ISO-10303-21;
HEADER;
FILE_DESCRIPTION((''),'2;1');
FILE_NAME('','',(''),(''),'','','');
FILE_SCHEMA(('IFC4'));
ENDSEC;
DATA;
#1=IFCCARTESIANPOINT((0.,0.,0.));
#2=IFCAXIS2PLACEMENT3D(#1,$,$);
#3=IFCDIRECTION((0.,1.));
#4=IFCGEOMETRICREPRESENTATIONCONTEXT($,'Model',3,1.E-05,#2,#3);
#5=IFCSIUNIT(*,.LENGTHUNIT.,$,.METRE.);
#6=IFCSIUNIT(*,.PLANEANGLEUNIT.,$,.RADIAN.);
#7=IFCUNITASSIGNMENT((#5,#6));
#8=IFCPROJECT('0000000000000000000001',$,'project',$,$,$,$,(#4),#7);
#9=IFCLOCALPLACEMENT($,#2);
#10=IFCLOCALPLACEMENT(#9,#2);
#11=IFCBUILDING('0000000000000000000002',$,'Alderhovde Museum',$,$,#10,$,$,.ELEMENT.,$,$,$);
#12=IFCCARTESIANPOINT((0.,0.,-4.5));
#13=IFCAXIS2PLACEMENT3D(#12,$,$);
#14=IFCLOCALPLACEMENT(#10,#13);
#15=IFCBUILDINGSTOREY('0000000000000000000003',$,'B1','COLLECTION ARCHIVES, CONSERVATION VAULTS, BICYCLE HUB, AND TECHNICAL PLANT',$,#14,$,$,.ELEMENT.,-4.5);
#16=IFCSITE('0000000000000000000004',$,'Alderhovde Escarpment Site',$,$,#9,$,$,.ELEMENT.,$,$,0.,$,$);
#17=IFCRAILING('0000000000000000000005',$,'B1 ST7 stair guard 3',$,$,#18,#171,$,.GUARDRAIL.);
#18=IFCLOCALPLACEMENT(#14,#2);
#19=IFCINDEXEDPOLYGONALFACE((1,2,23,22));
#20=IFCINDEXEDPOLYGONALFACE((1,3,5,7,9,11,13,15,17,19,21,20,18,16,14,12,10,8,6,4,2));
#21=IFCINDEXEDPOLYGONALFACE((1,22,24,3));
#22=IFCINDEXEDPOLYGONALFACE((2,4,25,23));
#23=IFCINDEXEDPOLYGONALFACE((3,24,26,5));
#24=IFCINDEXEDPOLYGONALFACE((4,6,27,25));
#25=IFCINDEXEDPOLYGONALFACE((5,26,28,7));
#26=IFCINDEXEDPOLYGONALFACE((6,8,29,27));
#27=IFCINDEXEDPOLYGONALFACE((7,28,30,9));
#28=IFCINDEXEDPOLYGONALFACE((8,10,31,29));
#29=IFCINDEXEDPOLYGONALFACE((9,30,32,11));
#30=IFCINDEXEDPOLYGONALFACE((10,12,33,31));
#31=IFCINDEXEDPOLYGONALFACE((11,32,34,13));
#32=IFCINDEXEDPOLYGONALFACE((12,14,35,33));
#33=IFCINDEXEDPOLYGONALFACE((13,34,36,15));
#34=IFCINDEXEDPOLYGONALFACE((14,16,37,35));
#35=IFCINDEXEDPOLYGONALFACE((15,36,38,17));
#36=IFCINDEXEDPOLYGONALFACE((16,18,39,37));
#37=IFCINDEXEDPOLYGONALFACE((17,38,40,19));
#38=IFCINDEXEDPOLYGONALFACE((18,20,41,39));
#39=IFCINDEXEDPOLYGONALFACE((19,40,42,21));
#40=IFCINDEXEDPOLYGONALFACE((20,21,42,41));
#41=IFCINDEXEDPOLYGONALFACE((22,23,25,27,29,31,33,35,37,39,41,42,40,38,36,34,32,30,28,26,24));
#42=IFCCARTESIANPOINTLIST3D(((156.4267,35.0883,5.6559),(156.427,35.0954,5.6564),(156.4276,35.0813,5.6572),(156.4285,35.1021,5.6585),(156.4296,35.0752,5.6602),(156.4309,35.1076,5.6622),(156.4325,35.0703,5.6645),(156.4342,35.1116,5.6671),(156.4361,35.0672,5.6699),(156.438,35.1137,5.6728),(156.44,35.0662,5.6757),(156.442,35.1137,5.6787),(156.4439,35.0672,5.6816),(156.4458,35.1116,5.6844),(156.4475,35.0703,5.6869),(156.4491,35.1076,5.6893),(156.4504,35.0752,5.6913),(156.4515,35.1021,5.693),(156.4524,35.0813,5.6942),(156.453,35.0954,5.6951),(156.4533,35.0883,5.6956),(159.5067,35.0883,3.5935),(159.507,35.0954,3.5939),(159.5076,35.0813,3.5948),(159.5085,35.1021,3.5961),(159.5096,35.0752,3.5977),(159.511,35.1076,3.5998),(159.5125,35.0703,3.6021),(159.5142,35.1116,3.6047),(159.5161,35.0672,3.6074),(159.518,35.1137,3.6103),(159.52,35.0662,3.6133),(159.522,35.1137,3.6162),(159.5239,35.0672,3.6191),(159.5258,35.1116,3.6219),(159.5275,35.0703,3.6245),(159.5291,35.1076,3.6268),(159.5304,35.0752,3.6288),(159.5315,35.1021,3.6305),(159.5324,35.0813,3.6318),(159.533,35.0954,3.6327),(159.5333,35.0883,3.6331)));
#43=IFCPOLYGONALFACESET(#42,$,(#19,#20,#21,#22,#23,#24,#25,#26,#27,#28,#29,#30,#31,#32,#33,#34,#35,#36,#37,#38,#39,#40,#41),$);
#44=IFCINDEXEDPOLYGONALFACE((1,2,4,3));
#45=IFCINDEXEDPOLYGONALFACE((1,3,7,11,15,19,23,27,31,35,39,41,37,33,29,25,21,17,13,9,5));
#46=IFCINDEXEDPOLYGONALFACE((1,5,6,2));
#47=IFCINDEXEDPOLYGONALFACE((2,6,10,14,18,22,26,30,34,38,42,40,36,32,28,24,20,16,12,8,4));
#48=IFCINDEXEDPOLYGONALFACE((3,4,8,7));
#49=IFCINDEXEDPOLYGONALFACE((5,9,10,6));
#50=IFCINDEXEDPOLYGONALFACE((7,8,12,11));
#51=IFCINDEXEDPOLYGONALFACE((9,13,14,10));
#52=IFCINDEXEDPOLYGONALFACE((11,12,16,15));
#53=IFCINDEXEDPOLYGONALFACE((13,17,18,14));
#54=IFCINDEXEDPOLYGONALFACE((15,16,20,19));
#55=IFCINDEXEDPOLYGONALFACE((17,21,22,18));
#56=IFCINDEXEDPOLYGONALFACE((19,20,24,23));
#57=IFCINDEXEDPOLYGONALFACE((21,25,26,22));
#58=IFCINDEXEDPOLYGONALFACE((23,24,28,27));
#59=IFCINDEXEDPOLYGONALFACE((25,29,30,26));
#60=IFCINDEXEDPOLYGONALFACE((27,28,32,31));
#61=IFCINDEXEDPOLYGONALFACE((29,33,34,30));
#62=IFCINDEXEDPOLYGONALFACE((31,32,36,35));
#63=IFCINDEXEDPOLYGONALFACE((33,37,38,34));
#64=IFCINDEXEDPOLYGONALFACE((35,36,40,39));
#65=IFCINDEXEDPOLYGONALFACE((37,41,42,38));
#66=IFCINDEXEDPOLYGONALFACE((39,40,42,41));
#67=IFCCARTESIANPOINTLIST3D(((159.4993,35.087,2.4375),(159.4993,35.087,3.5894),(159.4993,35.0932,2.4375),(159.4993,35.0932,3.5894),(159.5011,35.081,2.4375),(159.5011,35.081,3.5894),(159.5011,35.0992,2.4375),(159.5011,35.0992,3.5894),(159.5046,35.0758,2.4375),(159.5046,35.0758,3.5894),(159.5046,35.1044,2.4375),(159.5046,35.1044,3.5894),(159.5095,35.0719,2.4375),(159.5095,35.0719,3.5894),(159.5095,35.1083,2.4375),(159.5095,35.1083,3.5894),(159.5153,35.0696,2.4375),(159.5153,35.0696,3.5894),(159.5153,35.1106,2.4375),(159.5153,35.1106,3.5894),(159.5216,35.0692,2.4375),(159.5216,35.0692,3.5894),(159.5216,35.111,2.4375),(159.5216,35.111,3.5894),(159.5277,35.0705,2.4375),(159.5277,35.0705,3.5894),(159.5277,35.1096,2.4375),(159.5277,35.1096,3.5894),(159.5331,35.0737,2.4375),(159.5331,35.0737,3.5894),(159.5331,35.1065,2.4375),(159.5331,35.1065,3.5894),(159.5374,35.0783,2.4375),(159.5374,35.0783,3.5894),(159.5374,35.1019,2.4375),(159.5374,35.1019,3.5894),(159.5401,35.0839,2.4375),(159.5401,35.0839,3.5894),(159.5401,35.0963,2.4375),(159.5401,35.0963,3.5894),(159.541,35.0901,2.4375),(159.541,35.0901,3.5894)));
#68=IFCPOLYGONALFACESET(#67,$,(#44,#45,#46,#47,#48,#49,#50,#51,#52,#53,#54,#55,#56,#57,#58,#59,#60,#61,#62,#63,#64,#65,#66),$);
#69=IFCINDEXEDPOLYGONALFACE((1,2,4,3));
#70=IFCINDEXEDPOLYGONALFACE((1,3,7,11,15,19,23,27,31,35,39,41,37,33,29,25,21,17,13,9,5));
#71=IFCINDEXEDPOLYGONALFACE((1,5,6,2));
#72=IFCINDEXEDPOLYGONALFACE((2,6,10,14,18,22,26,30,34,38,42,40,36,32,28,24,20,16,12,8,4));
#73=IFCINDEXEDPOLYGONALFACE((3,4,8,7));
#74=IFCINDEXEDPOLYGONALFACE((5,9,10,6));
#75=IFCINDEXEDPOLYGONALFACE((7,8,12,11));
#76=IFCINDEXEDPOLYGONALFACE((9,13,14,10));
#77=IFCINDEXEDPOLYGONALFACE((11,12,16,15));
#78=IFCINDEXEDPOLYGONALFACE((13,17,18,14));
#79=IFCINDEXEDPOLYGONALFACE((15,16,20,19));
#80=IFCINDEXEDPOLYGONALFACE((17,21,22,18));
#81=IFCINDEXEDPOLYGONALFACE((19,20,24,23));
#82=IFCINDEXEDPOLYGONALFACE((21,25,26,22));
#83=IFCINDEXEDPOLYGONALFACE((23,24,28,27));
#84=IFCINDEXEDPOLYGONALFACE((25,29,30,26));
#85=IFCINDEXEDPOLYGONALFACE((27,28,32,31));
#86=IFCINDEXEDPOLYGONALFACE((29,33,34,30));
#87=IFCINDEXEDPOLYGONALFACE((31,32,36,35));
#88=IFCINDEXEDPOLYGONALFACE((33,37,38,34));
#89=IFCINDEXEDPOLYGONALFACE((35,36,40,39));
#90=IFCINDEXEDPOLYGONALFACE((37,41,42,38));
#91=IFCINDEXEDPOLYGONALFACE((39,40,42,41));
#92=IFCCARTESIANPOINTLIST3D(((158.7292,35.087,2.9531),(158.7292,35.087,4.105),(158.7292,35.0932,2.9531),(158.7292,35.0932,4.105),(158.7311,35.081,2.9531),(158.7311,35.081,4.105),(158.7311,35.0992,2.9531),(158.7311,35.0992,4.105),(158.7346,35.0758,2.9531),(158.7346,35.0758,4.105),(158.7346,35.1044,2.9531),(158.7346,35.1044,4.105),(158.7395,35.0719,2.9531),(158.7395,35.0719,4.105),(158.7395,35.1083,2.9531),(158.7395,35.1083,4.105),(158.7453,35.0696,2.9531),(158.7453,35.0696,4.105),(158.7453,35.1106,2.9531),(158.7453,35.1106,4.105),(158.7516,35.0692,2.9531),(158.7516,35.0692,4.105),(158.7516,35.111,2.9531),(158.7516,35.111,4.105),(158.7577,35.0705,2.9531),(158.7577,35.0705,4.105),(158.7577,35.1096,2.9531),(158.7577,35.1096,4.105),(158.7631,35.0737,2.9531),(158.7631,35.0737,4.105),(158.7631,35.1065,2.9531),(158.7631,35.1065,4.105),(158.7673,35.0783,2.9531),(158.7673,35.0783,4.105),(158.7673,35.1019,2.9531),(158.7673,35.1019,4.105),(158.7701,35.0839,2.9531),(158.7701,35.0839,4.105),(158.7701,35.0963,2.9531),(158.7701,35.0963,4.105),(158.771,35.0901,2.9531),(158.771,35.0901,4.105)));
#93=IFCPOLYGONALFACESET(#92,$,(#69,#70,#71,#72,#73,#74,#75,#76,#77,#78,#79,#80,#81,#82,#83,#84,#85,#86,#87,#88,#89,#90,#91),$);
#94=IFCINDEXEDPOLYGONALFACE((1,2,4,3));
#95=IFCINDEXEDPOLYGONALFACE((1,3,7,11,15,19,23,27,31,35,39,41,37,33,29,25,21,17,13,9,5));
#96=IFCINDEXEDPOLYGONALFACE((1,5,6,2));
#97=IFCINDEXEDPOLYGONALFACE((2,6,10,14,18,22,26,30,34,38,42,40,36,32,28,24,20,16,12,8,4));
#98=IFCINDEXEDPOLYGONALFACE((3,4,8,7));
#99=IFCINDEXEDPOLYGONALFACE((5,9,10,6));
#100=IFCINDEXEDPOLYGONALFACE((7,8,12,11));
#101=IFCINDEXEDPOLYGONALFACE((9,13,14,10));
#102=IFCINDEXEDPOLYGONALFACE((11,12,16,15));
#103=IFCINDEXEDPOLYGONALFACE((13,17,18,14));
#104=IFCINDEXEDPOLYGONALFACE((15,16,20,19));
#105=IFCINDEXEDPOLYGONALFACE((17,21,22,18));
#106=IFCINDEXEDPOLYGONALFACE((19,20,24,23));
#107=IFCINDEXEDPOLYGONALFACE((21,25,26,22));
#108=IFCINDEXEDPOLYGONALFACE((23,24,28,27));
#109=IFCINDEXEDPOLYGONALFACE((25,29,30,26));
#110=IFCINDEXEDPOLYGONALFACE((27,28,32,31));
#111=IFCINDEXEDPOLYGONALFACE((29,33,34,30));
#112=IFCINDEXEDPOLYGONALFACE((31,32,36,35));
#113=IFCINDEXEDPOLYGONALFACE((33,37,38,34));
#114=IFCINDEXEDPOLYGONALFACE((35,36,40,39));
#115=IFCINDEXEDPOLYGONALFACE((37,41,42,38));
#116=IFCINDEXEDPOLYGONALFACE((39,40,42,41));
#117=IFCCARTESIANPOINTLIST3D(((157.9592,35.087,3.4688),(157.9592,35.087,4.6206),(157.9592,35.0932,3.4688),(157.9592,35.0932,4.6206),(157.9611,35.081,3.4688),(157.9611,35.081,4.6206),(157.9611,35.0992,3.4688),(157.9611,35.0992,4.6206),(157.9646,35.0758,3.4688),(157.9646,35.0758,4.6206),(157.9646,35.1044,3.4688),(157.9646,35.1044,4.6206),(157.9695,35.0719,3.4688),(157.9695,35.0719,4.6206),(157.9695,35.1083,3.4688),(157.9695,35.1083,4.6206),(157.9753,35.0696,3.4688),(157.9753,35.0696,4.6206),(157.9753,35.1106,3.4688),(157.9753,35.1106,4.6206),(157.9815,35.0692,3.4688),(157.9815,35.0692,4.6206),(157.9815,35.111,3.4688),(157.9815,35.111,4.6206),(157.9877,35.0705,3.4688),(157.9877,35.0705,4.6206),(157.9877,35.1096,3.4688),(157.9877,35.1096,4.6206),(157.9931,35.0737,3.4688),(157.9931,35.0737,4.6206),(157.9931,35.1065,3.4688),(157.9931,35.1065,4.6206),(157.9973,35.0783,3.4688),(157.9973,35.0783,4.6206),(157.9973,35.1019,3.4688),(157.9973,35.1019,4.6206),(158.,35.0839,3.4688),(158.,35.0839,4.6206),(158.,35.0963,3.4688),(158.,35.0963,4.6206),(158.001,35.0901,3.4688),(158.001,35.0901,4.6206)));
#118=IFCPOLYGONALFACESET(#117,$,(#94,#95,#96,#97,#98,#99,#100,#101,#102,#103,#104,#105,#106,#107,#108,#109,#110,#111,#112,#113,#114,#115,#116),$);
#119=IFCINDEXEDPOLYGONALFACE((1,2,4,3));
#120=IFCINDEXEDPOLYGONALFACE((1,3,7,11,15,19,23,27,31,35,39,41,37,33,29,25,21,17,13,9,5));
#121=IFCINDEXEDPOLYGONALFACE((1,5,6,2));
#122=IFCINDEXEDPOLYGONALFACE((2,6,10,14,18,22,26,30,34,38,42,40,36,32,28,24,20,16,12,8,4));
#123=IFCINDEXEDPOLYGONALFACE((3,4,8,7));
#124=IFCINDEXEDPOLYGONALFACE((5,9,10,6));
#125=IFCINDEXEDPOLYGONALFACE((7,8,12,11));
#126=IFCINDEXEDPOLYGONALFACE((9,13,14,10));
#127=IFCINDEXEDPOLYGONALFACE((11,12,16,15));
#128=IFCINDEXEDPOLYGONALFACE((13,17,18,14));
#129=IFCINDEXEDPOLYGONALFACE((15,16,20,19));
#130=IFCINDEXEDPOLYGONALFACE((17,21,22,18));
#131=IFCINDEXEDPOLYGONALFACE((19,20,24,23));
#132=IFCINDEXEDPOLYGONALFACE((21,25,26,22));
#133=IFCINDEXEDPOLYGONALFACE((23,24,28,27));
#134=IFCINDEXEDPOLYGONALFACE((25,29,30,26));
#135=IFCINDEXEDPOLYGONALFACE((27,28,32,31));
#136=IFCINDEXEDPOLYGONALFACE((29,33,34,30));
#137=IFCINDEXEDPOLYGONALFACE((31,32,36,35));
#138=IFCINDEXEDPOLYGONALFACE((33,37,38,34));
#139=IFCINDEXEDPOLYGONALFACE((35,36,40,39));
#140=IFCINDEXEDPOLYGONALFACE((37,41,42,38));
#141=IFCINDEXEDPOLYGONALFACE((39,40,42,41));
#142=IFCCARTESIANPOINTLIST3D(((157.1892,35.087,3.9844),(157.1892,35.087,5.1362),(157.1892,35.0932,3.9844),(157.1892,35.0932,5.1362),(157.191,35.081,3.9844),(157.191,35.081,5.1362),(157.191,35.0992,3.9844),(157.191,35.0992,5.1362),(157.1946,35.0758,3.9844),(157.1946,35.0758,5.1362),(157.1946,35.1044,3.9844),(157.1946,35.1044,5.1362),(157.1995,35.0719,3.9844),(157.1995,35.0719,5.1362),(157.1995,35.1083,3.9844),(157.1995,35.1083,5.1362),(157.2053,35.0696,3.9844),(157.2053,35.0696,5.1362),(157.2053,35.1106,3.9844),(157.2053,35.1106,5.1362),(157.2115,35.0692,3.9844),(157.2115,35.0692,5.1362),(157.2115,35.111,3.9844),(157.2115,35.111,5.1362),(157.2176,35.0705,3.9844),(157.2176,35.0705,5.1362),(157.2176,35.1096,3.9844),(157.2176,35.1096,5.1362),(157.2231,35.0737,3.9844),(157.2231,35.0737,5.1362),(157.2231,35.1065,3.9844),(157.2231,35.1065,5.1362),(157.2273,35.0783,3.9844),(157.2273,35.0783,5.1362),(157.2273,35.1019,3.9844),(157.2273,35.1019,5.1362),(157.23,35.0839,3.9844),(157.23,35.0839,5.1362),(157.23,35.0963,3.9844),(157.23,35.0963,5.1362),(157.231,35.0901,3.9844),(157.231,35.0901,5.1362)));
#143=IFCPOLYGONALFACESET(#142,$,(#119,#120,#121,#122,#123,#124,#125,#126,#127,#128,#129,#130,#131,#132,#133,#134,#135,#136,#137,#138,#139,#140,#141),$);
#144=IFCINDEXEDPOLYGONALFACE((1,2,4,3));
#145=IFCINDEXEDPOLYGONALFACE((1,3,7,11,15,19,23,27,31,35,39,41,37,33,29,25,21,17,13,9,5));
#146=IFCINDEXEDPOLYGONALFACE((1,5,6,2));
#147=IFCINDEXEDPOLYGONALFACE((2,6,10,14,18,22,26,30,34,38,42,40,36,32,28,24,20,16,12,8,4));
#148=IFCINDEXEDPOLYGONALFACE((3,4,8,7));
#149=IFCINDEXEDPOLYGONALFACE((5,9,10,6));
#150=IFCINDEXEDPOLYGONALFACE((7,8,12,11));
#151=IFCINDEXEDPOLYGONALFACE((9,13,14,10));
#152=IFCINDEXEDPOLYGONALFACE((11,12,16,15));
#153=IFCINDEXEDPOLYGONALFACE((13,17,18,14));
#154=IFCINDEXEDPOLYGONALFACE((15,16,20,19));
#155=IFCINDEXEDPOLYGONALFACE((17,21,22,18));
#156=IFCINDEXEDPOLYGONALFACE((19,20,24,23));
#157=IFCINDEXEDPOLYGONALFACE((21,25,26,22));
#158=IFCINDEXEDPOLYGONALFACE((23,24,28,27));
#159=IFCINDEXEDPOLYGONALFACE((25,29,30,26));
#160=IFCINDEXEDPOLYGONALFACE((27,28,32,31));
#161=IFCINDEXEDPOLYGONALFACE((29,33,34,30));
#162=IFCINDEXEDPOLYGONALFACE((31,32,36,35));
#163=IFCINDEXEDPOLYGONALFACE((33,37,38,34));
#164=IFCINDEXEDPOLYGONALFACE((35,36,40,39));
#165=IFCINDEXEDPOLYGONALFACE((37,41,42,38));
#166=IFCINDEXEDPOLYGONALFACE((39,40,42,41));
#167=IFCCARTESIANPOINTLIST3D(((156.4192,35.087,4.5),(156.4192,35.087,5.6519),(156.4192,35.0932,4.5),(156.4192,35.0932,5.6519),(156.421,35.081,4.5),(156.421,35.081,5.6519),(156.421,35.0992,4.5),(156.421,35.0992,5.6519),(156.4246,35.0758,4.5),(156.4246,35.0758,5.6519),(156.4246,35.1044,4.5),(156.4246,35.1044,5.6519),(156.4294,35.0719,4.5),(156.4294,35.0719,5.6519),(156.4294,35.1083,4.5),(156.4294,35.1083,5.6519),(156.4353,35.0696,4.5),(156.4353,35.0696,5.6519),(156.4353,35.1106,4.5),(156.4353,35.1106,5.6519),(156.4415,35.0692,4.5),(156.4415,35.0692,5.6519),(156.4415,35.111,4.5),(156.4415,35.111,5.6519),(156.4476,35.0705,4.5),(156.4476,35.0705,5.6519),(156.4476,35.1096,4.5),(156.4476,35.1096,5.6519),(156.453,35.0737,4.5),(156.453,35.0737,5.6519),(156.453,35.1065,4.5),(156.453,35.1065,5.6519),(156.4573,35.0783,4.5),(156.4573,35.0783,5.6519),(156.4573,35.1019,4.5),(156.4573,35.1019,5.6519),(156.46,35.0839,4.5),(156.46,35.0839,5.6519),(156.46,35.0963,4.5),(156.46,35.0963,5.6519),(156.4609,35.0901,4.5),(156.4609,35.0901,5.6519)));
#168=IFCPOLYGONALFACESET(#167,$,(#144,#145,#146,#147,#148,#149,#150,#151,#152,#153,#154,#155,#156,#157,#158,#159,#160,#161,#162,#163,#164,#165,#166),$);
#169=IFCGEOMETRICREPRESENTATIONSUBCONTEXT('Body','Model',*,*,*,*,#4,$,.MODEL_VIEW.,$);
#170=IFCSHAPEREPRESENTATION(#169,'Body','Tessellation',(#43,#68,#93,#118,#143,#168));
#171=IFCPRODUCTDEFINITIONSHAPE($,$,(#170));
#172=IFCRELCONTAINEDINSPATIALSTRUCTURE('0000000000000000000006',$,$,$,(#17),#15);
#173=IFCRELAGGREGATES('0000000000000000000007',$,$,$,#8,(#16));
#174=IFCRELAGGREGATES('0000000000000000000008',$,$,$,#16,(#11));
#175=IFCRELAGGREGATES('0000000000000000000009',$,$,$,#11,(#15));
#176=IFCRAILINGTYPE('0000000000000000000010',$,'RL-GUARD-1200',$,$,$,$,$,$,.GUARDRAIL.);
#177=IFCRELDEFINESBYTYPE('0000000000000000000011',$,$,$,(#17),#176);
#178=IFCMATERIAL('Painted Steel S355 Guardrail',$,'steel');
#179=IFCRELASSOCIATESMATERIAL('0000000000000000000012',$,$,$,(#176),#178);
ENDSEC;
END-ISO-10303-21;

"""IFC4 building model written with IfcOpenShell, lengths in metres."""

from ifc_helpers import new_model, si_unit, direction, frame, origin, origin_2d, place, context, subcontext, project, spatial, circle, extrude, material, type_object, element, save


model = new_model("IFC4")

# Units and contexts
model_context = context("Model", 3, precision=1e-05, world=origin(), true_north=direction((0.0, 1.0)))
body_context = subcontext(model_context, "Body", "Model", "MODEL_VIEW")
ifc_project = project(units=[si_unit("LENGTHUNIT", "METRE"), si_unit("PLANEANGLEUNIT", "RADIAN")], contexts=[model_context])

# Site, building, storey
site_placement = place(None, origin())
site = spatial("IfcSite", under=ifc_project, at=site_placement, Name="Alderhovde Escarpment Site", CompositionType="ELEMENT", RefElevation=0.0)
building_placement = place(site_placement, origin())
building = spatial("IfcBuilding", under=site, at=building_placement, Name="Alderhovde Museum", CompositionType="ELEMENT")
storey_placement = place(building_placement, frame((0.0, 0.0, -4.5)))
storey = spatial("IfcBuildingStorey", under=building, at=storey_placement, Name="B1", Description="COLLECTION ARCHIVES, CONSERVATION VAULTS, BICYCLE HUB, AND TECHNICAL PLANT", CompositionType="ELEMENT", Elevation=-4.5)

# Railing
ifc_material_1 = material(Name="Painted Steel S355 Guardrail", Category="steel")
railing_type_1 = type_object("IfcRailingType", Name="RL-GUARD-1200", PredefinedType="GUARDRAIL", material=ifc_material_1)
railing_1_placement = place(storey_placement, frame((159.52, 35.0901, 2.4375)))
element("IfcRailing", 1, at=railing_1_placement, inside=storey, type_object=railing_type_1, Name="B1 ST7 stair guard 3", PredefinedType="GUARDRAIL", context=body_context, shape_type="SweptSolid", body=[
    extrude(circle(Radius=0.0239, at=origin_2d()), frame((0.0, 0.0, 1.1758), z_axis=(-0.830914, 0.0, 0.556401), x_axis=(0.0, -1.0, 0.0)), (0.0, 0.0, 1.0), 3.7068),
    extrude(circle(Radius=0.021, at=origin_2d()), origin(), (0.0, 0.0, 1.0), 1.1519),
    extrude(circle(Radius=0.021, at=origin_2d()), frame((-0.77, 0.0, 0.5156)), (0.0, 0.0, 1.0), 1.1519),
    extrude(circle(Radius=0.021, at=origin_2d()), frame((-1.54, 0.0, 1.0312)), (0.0, 0.0, 1.0), 1.1519),
    extrude(circle(Radius=0.021, at=origin_2d()), frame((-2.3101, 0.0, 1.5469)), (0.0, 0.0, 1.0), 1.1519),
    extrude(circle(Radius=0.021, at=origin_2d()), frame((-3.0801, 0.0, 2.0625)), (0.0, 0.0, 1.0), 1.1519),
])

save(model, "model.ifc")
